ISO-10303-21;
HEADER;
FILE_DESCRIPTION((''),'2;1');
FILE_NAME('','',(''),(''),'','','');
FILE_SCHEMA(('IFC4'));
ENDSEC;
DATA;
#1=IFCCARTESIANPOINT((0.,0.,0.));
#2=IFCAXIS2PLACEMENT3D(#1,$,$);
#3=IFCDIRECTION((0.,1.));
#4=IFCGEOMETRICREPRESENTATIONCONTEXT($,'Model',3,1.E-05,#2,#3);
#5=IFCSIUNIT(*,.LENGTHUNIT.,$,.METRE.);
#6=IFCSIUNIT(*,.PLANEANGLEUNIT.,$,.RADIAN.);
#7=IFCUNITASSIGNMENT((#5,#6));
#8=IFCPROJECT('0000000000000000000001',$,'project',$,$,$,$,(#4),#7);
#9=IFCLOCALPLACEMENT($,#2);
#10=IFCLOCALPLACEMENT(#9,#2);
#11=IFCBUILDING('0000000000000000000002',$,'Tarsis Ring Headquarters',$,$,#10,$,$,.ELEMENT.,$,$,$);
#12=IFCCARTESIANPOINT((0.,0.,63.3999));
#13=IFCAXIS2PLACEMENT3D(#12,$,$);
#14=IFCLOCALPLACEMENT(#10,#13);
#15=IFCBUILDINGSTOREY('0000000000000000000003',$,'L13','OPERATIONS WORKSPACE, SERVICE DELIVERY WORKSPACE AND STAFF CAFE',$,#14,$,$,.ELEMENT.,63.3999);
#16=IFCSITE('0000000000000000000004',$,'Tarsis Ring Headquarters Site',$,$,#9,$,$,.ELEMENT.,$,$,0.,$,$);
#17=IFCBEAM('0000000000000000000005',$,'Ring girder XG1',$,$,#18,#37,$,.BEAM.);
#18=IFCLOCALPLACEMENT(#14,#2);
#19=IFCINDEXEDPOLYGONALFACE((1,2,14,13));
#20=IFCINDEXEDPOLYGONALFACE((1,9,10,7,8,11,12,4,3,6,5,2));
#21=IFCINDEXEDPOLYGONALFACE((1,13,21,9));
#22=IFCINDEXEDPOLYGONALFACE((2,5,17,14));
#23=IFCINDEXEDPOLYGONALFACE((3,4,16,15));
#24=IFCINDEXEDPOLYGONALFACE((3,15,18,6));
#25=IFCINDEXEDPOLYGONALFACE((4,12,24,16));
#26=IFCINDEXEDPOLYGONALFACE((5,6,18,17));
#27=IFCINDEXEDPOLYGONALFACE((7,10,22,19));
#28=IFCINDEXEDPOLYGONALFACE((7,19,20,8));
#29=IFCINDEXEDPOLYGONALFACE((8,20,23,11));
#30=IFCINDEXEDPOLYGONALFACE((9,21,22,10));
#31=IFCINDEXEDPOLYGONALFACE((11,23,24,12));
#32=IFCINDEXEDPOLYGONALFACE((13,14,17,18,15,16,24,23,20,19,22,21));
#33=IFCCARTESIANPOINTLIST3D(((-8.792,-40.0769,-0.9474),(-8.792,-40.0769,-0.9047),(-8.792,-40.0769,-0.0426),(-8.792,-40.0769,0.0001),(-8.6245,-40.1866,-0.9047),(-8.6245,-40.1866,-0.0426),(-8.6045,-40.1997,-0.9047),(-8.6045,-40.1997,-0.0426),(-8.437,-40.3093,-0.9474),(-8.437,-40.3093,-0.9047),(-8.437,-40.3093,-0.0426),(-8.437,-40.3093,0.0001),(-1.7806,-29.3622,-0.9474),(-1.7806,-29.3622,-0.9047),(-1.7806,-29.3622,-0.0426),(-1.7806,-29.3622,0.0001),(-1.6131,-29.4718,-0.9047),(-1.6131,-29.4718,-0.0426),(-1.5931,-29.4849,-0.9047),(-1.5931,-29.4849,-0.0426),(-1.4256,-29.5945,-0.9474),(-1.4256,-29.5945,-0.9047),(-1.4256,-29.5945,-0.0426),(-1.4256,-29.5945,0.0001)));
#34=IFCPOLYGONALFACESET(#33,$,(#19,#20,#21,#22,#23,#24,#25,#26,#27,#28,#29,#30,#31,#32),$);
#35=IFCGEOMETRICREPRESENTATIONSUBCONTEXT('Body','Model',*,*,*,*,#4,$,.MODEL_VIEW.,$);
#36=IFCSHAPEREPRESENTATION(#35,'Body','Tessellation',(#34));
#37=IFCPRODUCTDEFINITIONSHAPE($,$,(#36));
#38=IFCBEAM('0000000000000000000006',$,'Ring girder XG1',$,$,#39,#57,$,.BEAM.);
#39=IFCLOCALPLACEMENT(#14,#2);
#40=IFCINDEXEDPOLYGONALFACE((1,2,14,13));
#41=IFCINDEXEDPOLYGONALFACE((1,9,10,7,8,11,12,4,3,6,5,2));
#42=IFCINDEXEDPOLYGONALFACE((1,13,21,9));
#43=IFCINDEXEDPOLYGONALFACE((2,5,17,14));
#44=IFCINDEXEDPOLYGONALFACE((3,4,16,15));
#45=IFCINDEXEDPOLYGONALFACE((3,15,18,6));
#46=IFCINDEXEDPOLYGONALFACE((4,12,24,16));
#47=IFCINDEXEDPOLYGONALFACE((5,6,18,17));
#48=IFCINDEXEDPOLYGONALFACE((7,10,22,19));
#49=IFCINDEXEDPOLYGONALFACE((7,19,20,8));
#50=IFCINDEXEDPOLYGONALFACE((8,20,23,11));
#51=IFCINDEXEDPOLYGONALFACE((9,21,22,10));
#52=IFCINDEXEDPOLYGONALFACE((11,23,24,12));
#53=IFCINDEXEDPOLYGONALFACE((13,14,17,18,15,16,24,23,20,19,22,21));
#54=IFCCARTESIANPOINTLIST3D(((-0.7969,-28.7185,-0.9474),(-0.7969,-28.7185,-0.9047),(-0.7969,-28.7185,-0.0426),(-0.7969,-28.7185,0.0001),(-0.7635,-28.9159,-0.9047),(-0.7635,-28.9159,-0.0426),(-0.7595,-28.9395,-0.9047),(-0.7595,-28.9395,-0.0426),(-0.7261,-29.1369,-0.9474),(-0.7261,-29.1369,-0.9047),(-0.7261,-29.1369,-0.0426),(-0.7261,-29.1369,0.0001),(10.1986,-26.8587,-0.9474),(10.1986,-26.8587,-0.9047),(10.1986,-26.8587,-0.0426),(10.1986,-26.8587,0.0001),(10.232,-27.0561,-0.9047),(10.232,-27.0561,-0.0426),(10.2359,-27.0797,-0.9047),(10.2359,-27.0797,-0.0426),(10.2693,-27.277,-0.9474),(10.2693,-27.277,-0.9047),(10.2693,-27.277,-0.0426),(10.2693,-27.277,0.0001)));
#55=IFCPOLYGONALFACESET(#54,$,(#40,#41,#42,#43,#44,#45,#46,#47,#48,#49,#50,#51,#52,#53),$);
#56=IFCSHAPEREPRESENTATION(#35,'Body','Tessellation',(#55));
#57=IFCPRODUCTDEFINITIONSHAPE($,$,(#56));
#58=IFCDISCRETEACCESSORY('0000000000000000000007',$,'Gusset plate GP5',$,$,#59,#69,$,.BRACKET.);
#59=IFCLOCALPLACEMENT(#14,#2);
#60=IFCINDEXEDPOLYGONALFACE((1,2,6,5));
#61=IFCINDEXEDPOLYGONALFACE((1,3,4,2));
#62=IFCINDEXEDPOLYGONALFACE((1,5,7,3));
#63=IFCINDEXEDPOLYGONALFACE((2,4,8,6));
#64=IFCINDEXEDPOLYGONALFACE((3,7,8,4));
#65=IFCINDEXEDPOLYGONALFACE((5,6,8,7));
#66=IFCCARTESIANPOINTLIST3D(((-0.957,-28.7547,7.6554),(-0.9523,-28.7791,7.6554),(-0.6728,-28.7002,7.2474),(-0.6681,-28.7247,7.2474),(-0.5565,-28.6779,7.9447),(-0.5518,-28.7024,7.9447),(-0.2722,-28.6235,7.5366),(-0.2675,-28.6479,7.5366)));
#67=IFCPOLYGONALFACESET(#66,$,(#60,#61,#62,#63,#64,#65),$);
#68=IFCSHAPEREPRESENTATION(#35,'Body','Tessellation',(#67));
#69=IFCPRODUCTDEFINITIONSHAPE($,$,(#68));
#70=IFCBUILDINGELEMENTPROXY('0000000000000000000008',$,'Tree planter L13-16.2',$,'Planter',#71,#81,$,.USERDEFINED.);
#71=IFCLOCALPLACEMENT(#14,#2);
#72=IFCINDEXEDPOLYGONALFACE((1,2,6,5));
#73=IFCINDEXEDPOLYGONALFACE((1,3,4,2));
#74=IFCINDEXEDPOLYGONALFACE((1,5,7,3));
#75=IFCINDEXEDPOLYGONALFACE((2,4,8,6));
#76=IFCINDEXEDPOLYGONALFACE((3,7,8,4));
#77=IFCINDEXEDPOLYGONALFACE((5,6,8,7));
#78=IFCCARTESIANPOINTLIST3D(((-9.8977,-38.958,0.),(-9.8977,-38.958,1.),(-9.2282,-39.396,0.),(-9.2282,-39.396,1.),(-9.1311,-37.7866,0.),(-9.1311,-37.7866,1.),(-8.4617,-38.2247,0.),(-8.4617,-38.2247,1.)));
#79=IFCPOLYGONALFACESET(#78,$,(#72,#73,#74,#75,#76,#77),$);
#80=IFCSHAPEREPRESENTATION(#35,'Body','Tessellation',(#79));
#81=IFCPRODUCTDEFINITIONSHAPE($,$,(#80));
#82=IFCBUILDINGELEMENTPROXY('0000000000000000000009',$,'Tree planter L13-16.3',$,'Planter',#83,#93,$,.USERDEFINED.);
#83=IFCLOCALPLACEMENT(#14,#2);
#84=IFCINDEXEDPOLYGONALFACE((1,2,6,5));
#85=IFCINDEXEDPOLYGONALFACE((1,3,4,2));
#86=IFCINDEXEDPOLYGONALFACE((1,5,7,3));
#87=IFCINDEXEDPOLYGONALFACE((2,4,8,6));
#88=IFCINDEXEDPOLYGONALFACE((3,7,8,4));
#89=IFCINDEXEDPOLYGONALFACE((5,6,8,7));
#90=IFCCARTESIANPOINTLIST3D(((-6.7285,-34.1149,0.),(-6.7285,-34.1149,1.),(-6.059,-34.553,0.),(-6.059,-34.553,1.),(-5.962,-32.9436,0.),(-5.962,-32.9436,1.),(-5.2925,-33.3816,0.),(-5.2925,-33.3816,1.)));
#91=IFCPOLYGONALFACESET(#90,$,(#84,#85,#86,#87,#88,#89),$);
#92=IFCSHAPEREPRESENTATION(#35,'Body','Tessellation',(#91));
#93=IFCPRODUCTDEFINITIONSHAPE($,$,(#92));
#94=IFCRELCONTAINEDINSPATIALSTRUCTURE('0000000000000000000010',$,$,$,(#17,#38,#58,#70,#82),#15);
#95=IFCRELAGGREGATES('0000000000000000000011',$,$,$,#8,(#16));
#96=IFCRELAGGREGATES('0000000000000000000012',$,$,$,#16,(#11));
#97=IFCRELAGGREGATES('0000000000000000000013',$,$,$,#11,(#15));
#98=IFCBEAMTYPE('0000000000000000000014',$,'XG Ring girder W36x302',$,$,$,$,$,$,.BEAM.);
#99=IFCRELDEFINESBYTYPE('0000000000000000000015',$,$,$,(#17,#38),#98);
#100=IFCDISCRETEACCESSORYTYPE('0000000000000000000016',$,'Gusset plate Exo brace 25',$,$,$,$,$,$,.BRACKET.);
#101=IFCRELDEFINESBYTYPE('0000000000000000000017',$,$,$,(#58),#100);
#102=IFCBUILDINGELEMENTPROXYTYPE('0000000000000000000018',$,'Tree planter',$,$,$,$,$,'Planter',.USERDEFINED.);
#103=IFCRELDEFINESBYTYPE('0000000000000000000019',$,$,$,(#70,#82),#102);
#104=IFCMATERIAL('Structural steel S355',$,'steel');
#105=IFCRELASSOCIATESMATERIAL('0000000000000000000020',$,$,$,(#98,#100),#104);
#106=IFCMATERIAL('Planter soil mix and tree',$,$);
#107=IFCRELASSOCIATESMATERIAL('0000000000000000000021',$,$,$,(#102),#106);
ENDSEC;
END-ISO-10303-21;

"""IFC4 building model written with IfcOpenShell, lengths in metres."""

from ifc_helpers import new_model, si_unit, direction, frame, origin, origin_2d, place, context, subcontext, project, spatial, rectangle, i_section, extrude, material, material_profile, profile_set, type_object, element, save


model = new_model("IFC4")

# Units and contexts
model_context = context("Model", 3, precision=1e-05, world=origin(), true_north=direction((0.0, 1.0)))
body_context = subcontext(model_context, "Body", "Model", "MODEL_VIEW")
ifc_project = project(units=[si_unit("LENGTHUNIT", "METRE"), si_unit("PLANEANGLEUNIT", "RADIAN")], contexts=[model_context])

# Site, building, storey
site_placement = place(None, origin())
site = spatial("IfcSite", under=ifc_project, at=site_placement, Name="Tarsis Ring Headquarters Site", CompositionType="ELEMENT", RefElevation=0.0)
building_placement = place(site_placement, origin())
building = spatial("IfcBuilding", under=site, at=building_placement, Name="Tarsis Ring Headquarters", CompositionType="ELEMENT")
storey_placement = place(building_placement, frame((0.0, 0.0, 63.3999)))
storey = spatial("IfcBuildingStorey", under=building, at=storey_placement, Name="L13", Description="OPERATIONS WORKSPACE, SERVICE DELIVERY WORKSPACE AND STAFF CAFE", CompositionType="ELEMENT", Elevation=63.3999)

# Beams
ifc_material_1 = material(Name="Structural steel S355", Category="steel")
ifc_material_profile_1 = material_profile(ifc_material_1, i_section(OverallWidth=0.4243, OverallDepth=0.9475, WebThickness=0.0239, FlangeThickness=0.0427, at=origin_2d()), Name="W36x302")
ifc_profile_set_1 = profile_set([ifc_material_profile_1], Name="Structural steel S355")
beam_type = type_object("IfcBeamType", Name="XG Ring girder W36x302", PredefinedType="BEAM", material=ifc_profile_set_1)
beam_1_placement = place(storey_placement, frame((-8.6145, -40.1931, -0.4736), z_axis=(0.547557, 0.836769, 0.0), x_axis=(-0.836769, 0.547557, 0.0)))
element("IfcBeam", 1, at=beam_1_placement, inside=storey, type_object=beam_type, Name="Ring girder XG1", PredefinedType="BEAM", context=body_context, shape_type="SweptSolid", body=[
    extrude(i_section(OverallWidth=0.4243, OverallDepth=0.9475, WebThickness=0.0239, FlangeThickness=0.0427, at=origin_2d()), origin(), (0.0, 0.0, 1.0), 12.8049),
])
beam_2_placement = place(storey_placement, frame((-0.7615, -28.9277, -0.4736), z_axis=(0.985994, 0.166781, 0.0), x_axis=(-0.166781, 0.985994, 0.0)))
element("IfcBeam", 2, at=beam_2_placement, inside=storey, type_object=beam_type, Name="Ring girder XG1", PredefinedType="BEAM", context=body_context, shape_type="SweptSolid", body=[
    extrude(i_section(OverallWidth=0.4243, OverallDepth=0.9475, WebThickness=0.0239, FlangeThickness=0.0427, at=origin_2d()), origin(), (0.0, 0.0, 1.0), 11.1516),
])

# Discrete accessory
ifc_material_profile_2 = material_profile(ifc_material_1, rectangle(XDim=0.0249, YDim=0.5, at=origin_2d()), Name="PL 25x500")
ifc_profile_set_2 = profile_set([ifc_material_profile_2], Name="Structural steel S355")
discrete_accessory_type = type_object("IfcDiscreteAccessoryType", Name="Gusset plate Exo brace 25", PredefinedType="BRACKET", material=ifc_profile_set_2)
discrete_accessory_placement = place(storey_placement, frame((-0.7544, -28.7285, 7.8), z_axis=(0.568186, 0.108853, -0.815669), x_axis=(-0.188159, 0.982139, 0.0)))
element("IfcDiscreteAccessory", 3, at=discrete_accessory_placement, inside=storey, type_object=discrete_accessory_type, Name="Gusset plate GP5", PredefinedType="BRACKET", context=body_context, shape_type="SweptSolid", body=[
    extrude(rectangle(XDim=0.0249, YDim=0.5, at=origin_2d()), origin(), (0.0, 0.0, 1.0), 0.5002),
])

# Building element proxies
ifc_material_2 = material(Name="Planter soil mix and tree")
building_element_proxy_type = type_object("IfcBuildingElementProxyType", Name="Tree planter", ElementType="Planter", PredefinedType="USERDEFINED", material=ifc_material_2)
for number, where, z_axis, x_axis, name in (
    (4, (-9.1797, -38.5913, 0.0), (0.0, 0.0, 1.0), (0.547563, 0.836764, 0.0), "Tree planter L13-16.2"),
    (5, (-6.0105, -33.7483, 0.0), (0.0, 0.0, 1.0), (0.547563, 0.836764, 0.0), "Tree planter L13-16.3"),
):
    element("IfcBuildingElementProxy", number, at=place(storey_placement, frame(where, z_axis=z_axis, x_axis=x_axis)), inside=storey, type_object=building_element_proxy_type, Name=name, ObjectType="Planter", PredefinedType="USERDEFINED", context=body_context, shape_type="SweptSolid", body=[
        extrude(rectangle(XDim=1.3999, YDim=0.8, at=origin_2d()), origin(), (0.0, 0.0, 1.0), 1.0),
    ])

save(model, "model.ifc")
